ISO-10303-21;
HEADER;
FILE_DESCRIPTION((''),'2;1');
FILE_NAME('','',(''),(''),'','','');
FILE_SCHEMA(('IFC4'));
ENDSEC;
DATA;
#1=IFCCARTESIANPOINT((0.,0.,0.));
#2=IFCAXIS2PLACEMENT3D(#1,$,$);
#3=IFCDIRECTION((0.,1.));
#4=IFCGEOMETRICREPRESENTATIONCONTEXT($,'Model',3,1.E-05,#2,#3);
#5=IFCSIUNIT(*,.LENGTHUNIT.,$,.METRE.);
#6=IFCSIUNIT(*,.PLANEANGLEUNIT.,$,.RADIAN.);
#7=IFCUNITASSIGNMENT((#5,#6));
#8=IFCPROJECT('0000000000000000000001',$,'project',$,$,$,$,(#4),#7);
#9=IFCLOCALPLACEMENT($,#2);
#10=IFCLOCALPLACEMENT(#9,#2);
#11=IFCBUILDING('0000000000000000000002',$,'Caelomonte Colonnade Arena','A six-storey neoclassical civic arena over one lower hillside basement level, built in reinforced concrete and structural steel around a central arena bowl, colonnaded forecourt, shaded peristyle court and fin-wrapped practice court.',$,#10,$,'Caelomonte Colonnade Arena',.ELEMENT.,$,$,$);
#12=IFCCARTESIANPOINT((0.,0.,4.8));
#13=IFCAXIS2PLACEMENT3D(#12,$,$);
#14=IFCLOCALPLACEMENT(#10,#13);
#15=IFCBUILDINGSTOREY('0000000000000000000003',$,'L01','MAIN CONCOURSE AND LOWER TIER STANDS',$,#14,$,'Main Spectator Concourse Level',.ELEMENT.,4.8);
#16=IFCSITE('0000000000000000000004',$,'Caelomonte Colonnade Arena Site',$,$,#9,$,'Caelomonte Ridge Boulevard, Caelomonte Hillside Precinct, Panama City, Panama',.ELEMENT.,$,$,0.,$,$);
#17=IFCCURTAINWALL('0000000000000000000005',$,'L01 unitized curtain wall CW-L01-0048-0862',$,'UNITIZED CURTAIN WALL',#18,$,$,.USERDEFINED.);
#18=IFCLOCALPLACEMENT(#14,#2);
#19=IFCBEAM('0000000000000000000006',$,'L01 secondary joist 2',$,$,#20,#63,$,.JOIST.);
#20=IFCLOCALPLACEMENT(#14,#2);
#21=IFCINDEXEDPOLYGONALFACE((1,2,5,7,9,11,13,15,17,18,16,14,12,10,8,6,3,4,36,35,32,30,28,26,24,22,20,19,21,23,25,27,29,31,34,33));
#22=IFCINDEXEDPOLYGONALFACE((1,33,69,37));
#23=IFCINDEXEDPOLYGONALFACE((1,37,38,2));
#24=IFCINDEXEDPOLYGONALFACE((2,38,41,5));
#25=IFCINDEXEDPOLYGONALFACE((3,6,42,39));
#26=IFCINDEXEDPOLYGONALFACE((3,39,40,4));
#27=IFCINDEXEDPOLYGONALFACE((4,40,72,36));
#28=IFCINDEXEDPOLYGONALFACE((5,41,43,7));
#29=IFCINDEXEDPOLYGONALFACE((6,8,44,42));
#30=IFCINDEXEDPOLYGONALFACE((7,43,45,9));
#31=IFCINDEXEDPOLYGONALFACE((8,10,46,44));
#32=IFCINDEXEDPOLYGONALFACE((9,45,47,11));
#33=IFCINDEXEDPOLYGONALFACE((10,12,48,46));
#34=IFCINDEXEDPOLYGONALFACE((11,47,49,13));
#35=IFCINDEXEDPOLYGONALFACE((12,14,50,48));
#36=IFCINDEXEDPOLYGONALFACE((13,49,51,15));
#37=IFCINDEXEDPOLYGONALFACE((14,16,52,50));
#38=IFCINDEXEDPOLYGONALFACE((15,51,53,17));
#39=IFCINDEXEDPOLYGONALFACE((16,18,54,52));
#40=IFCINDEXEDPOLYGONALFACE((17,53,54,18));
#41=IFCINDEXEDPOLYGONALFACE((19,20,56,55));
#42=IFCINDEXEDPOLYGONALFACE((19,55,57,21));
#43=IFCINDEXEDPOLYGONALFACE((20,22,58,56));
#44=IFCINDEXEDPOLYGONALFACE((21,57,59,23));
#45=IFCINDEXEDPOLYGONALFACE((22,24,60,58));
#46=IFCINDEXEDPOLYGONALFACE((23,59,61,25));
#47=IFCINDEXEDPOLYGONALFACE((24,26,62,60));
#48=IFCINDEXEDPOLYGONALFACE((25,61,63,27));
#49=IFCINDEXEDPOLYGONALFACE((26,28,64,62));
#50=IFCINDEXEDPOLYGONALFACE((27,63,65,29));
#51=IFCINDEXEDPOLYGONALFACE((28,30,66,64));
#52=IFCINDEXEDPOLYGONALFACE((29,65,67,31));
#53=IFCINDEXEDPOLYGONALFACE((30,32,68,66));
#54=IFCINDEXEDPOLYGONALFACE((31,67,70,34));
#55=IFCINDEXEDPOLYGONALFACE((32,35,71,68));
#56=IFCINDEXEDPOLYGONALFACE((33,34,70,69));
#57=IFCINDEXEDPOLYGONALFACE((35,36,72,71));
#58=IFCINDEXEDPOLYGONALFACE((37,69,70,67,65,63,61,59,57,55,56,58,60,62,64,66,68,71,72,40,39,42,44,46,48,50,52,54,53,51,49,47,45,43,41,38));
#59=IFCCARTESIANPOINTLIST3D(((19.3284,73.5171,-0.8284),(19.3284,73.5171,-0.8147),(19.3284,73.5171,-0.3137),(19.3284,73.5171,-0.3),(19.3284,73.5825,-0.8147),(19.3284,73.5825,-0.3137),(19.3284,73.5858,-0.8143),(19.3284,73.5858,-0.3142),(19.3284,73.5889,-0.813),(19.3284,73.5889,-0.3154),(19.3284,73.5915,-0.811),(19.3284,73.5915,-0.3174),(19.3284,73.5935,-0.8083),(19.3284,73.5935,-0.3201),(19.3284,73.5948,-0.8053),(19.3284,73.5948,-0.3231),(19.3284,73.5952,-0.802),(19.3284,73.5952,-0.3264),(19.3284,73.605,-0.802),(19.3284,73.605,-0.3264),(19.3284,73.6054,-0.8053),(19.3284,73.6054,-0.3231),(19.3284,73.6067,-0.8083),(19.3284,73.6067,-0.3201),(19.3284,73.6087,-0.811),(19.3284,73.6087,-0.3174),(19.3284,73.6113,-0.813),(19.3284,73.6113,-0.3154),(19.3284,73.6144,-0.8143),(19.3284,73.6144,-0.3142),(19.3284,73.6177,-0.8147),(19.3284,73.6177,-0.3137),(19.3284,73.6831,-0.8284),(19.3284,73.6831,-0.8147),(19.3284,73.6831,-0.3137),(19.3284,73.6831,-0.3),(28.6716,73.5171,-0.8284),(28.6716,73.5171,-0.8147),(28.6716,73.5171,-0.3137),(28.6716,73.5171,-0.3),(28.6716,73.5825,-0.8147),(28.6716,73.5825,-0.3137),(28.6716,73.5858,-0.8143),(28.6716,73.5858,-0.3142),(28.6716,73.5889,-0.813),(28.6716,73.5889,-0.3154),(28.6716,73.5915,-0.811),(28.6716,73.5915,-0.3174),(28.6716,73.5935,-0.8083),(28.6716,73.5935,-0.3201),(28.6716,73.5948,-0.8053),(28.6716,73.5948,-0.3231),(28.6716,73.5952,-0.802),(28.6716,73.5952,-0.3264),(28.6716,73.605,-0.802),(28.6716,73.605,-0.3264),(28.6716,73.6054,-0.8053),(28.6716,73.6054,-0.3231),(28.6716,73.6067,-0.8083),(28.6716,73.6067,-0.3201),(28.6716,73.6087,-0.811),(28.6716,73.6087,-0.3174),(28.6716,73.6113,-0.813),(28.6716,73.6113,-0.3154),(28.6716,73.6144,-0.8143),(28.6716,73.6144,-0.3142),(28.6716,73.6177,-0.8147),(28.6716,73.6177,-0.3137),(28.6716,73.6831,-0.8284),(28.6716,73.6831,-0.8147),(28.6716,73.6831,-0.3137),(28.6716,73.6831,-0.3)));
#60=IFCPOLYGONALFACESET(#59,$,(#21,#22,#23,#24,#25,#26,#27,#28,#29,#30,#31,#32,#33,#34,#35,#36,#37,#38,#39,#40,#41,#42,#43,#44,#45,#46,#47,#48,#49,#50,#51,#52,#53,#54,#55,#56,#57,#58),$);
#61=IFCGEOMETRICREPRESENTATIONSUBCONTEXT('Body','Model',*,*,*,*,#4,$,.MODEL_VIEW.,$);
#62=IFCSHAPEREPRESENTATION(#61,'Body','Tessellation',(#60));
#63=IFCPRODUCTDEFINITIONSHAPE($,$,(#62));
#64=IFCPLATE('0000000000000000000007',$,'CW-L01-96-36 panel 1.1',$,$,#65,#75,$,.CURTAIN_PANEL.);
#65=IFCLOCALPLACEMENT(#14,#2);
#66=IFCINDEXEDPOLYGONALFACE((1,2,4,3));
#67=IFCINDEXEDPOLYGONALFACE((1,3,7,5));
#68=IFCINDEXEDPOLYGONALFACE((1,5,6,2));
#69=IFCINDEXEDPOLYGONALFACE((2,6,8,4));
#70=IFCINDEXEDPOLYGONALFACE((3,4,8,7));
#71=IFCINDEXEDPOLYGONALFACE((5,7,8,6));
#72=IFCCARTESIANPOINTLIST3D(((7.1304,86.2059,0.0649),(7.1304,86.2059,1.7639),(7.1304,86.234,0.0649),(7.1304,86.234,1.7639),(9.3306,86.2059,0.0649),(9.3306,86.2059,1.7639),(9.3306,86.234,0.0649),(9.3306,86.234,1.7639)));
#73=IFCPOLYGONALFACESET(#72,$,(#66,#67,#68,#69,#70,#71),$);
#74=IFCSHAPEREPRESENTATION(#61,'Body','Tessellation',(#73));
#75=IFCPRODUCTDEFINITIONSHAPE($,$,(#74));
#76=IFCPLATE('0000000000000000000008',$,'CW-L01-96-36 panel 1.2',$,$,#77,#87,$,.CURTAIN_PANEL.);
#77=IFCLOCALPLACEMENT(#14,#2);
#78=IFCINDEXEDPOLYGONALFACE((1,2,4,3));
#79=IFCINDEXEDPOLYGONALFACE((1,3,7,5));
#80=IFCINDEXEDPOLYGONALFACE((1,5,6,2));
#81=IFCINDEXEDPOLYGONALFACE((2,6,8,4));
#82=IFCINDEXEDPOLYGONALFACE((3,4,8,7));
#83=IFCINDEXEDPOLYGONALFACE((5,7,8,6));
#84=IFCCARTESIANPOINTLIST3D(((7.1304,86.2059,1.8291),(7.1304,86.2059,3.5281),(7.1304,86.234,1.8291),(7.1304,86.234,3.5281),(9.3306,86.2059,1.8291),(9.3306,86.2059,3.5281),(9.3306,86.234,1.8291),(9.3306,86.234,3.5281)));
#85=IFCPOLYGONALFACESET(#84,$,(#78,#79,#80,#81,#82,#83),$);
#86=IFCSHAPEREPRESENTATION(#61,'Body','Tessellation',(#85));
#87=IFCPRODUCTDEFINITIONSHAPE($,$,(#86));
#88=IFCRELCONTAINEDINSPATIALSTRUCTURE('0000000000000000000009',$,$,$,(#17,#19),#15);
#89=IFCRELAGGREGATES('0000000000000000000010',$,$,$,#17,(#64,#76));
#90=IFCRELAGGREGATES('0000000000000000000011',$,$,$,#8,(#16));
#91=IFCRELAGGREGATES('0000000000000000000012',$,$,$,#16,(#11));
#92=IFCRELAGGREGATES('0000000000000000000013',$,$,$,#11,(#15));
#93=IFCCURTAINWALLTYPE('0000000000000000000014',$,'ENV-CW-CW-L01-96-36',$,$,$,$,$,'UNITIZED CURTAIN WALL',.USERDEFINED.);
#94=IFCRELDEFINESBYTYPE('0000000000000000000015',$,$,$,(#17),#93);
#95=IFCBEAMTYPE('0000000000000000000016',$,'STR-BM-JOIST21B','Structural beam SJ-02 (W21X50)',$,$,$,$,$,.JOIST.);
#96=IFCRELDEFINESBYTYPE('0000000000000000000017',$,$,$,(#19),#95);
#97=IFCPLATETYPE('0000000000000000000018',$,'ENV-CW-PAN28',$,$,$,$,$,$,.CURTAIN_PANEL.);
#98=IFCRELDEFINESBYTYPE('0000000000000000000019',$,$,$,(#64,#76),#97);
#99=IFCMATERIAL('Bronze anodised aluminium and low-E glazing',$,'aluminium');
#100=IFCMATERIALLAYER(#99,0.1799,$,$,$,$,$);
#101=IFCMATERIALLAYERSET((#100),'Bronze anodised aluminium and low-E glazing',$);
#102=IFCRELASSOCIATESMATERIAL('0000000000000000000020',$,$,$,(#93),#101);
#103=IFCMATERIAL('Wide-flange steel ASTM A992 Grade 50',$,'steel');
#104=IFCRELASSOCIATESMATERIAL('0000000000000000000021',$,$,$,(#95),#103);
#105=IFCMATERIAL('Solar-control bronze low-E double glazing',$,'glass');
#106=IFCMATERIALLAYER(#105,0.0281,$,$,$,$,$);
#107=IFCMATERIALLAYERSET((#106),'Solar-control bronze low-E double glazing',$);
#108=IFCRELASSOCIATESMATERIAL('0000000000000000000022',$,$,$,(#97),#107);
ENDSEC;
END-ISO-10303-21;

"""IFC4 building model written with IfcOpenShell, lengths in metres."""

from ifc_helpers import new_model, si_unit, direction, frame, origin, origin_2d, place, context, subcontext, project, spatial, rectangle, i_section, extrude, material, layer, layer_set, material_profile, profile_set, type_object, element, aggregate, save


model = new_model("IFC4")

# Units and contexts
model_context = context("Model", 3, precision=1e-05, world=origin(), true_north=direction((0.0, 1.0)))
body_context = subcontext(model_context, "Body", "Model", "MODEL_VIEW")
ifc_project = project(units=[si_unit("LENGTHUNIT", "METRE"), si_unit("PLANEANGLEUNIT", "RADIAN")], contexts=[model_context])

# Site, building, storey
site_placement = place(None, origin())
site = spatial("IfcSite", under=ifc_project, at=site_placement, Name="Caelomonte Colonnade Arena Site", LongName="Caelomonte Ridge Boulevard, Caelomonte Hillside Precinct, Panama City, Panama", CompositionType="ELEMENT", RefElevation=0.0)
building_placement = place(site_placement, origin())
building = spatial("IfcBuilding", under=site, at=building_placement, Name="Caelomonte Colonnade Arena", Description="A six-storey neoclassical civic arena over one lower hillside basement level, built in reinforced concrete and structural steel around a central arena bowl, colonnaded forecourt, shaded peristyle court and fin-wrapped practice court.", LongName="Caelomonte Colonnade Arena", CompositionType="ELEMENT")
storey_placement = place(building_placement, frame((0.0, 0.0, 4.8)))
storey = spatial("IfcBuildingStorey", under=building, at=storey_placement, Name="L01", Description="MAIN CONCOURSE AND LOWER TIER STANDS", LongName="Main Spectator Concourse Level", CompositionType="ELEMENT", Elevation=4.8)

# Shared definitions
ifc_material_1 = material(Name="Wide-flange steel ASTM A992 Grade 50", Category="steel")

# Shared definitions
ifc_material_2 = material(Name="Bronze anodised aluminium and low-E glazing", Category="aluminium")

# Curtain wall
ifc_layer_1 = layer(ifc_material_2, 0.1799)
ifc_layer_set_1 = layer_set([ifc_layer_1], Name="Bronze anodised aluminium and low-E glazing")
curtain_wall_type_1 = type_object("IfcCurtainWallType", Name="ENV-CW-CW-L01-96-36", ElementType="UNITIZED CURTAIN WALL", PredefinedType="USERDEFINED", material=ifc_layer_set_1)
curtain_wall_1_placement = place(storey_placement, origin())
curtain_wall_1 = element("IfcCurtainWall", 1, at=curtain_wall_1_placement, inside=storey, type_object=curtain_wall_type_1, Name="L01 unitized curtain wall CW-L01-0048-0862", ObjectType="UNITIZED CURTAIN WALL", PredefinedType="USERDEFINED")

# Beam
ifc_material_profile_1 = material_profile(ifc_material_1, i_section(OverallWidth=0.166, OverallDepth=0.5283, WebThickness=0.0098, FlangeThickness=0.0137, FilletRadius=0.0127, at=origin_2d()), Name="W21X50")
ifc_profile_set_1 = profile_set([ifc_material_profile_1], Name="Wide-flange steel ASTM A992 Grade 50")
beam_type_1 = type_object("IfcBeamType", Name="STR-BM-JOIST21B", Description="Structural beam SJ-02 (W21X50)", PredefinedType="JOIST", material=ifc_profile_set_1)
for number, where, z_axis, x_axis, name in (
    (2, (19.3284, 73.6001, -0.5642), (1.0, 0.0, 0.0), (0.0, 1.0, 0.0), "L01 secondary joist 2"),
):
    element("IfcBeam", number, at=place(storey_placement, frame(where, z_axis=z_axis, x_axis=x_axis)), inside=storey, type_object=beam_type_1, Name=name, PredefinedType="JOIST", context=body_context, shape_type="SweptSolid", body=[
        extrude(i_section(OverallWidth=0.166, OverallDepth=0.5283, WebThickness=0.0098, FlangeThickness=0.0137, FilletRadius=0.0127, at=origin_2d()), origin(), (0.0, 0.0, 1.0), 9.3433),
    ])

# Plates
ifc_material_3 = material(Name="Solar-control bronze low-E double glazing", Category="glass")
ifc_layer_2 = layer(ifc_material_3, 0.0281)
ifc_layer_set_2 = layer_set([ifc_layer_2], Name="Solar-control bronze low-E double glazing")
plate_type = type_object("IfcPlateType", Name="ENV-CW-PAN28", PredefinedType="CURTAIN_PANEL", material=ifc_layer_set_2)
plate_1_placement = place(storey_placement, frame((8.2305, 86.22, 0.0649), z_axis=(0.0, 0.0, 1.0), x_axis=(-1.0, 0.0, 0.0)))
plate_1 = element("IfcPlate", 3, at=plate_1_placement, type_object=plate_type, Name="CW-L01-96-36 panel 1.1", PredefinedType="CURTAIN_PANEL", context=body_context, shape_type="SweptSolid", body=[
    extrude(rectangle(XDim=2.2002, YDim=0.0281, at=origin_2d()), origin(), (0.0, 0.0, 1.0), 1.699),
])
plate_2_placement = place(storey_placement, frame((8.2305, 86.22, 1.8291), z_axis=(0.0, 0.0, 1.0), x_axis=(-1.0, 0.0, 0.0)))
plate_2 = element("IfcPlate", 4, at=plate_2_placement, type_object=plate_type, Name="CW-L01-96-36 panel 1.2", PredefinedType="CURTAIN_PANEL", context=body_context, shape_type="SweptSolid", body=[
    extrude(rectangle(XDim=2.2002, YDim=0.0281, at=origin_2d()), origin(), (0.0, 0.0, 1.0), 1.699),
])
aggregate(curtain_wall_1, [plate_1, plate_2])

save(model, "model.ifc")
